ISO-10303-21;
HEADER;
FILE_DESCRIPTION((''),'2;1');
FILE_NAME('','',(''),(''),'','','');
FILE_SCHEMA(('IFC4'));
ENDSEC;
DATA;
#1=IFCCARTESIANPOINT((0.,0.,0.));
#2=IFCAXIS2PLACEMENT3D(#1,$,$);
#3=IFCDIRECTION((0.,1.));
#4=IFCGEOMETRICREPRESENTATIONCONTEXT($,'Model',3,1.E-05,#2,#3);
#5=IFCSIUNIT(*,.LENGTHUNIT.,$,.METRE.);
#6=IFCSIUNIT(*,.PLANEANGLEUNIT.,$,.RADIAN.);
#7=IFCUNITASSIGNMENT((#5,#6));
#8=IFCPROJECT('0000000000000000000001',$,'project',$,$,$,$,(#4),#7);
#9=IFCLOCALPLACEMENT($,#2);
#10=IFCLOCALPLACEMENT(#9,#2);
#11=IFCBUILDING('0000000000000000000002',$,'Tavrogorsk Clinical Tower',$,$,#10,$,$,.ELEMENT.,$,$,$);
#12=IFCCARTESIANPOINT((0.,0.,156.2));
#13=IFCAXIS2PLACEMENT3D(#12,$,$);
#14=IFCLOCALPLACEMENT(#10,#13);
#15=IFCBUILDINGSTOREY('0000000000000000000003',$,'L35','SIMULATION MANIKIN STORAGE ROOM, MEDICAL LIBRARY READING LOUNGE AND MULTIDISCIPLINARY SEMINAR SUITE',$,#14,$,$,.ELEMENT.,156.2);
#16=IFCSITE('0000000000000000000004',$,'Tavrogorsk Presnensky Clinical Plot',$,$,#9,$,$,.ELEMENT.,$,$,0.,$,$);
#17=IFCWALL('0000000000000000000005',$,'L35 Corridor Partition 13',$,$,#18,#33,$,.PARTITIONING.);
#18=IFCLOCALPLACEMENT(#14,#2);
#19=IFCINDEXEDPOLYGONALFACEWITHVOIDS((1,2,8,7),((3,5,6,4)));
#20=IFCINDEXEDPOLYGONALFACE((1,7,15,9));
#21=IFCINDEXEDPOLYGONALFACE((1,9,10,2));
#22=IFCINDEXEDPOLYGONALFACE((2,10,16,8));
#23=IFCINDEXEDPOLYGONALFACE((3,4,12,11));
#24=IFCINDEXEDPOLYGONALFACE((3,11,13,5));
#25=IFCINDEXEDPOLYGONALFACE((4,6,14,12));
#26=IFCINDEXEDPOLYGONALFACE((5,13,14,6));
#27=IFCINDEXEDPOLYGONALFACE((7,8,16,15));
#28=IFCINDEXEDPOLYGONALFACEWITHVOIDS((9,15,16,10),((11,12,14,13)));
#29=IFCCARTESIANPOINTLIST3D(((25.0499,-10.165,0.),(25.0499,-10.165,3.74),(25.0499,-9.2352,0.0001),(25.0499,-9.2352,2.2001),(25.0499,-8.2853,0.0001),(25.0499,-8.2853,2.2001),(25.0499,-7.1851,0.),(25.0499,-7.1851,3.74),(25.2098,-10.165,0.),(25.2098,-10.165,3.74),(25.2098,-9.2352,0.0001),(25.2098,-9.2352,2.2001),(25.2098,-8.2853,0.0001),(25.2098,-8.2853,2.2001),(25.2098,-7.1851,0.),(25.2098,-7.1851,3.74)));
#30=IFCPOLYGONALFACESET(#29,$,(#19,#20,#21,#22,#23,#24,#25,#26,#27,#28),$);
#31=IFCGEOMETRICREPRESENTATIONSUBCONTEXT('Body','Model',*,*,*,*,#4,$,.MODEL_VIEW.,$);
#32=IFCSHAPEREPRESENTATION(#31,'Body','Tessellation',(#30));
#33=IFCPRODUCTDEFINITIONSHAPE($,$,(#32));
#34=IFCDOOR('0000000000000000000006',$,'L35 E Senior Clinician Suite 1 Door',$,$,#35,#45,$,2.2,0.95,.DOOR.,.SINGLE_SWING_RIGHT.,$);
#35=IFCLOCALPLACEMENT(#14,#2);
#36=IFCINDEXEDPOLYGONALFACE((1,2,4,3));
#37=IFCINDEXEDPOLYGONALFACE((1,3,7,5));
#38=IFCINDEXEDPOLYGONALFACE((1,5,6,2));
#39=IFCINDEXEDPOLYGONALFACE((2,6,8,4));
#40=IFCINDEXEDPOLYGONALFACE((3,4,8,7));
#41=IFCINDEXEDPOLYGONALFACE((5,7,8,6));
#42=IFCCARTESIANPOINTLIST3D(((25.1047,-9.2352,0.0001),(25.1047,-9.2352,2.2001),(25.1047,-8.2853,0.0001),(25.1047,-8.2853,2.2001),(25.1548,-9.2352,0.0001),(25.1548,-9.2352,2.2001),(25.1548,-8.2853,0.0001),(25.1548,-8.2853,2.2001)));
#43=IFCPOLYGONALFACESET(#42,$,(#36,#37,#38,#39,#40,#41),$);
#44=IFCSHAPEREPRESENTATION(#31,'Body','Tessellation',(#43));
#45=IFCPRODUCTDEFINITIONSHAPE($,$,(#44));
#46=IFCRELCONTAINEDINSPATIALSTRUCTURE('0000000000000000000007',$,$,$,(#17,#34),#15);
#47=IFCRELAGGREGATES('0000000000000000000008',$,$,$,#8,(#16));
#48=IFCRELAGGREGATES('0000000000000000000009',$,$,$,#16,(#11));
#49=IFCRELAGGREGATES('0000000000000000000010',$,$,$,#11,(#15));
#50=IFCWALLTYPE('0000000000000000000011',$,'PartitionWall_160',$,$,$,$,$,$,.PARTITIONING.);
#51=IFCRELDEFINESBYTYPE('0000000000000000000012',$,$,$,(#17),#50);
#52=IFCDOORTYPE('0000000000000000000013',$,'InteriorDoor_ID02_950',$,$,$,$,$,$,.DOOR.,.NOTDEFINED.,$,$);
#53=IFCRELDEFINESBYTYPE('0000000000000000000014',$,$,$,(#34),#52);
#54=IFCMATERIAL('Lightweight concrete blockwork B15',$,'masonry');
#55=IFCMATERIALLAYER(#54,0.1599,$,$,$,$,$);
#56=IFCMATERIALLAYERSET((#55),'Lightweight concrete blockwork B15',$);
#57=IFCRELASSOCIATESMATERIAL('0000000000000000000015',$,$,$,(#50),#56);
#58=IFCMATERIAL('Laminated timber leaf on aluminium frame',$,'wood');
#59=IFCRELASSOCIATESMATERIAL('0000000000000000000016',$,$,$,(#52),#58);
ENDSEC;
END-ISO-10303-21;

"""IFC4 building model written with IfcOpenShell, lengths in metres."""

from ifc_helpers import new_model, si_unit, direction, frame, frame_2d, origin, place, context, subcontext, project, spatial, rectangle, extrude, material, layer, layer_set, type_object, element, fill, save


model = new_model("IFC4")

# Units and contexts
model_context = context("Model", 3, precision=1e-05, world=origin(), true_north=direction((0.0, 1.0)))
body_context = subcontext(model_context, "Body", "Model", "MODEL_VIEW")
ifc_project = project(units=[si_unit("LENGTHUNIT", "METRE"), si_unit("PLANEANGLEUNIT", "RADIAN")], contexts=[model_context])

# Site, building, storey
site_placement = place(None, origin())
site = spatial("IfcSite", under=ifc_project, at=site_placement, Name="Tavrogorsk Presnensky Clinical Plot", CompositionType="ELEMENT", RefElevation=0.0)
building_placement = place(site_placement, origin())
building = spatial("IfcBuilding", under=site, at=building_placement, Name="Tavrogorsk Clinical Tower", CompositionType="ELEMENT")
storey_placement = place(building_placement, frame((0.0, 0.0, 156.2)))
storey = spatial("IfcBuildingStorey", under=building, at=storey_placement, Name="L35", Description="SIMULATION MANIKIN STORAGE ROOM, MEDICAL LIBRARY READING LOUNGE AND MULTIDISCIPLINARY SEMINAR SUITE", CompositionType="ELEMENT", Elevation=156.2)

# Wall, opening, door
ifc_material_1 = material(Name="Lightweight concrete blockwork B15", Category="masonry")
ifc_layer = layer(ifc_material_1, 0.1599)
ifc_layer_set = layer_set([ifc_layer], Name="Lightweight concrete blockwork B15")
wall_type = type_object("IfcWallType", Name="PartitionWall_160", PredefinedType="PARTITIONING", material=ifc_layer_set)
wall_1_placement = place(storey_placement, frame((25.1299, -7.1851, 0.0), z_axis=(0.0, 0.0, 1.0), x_axis=(0.0, -1.0, 0.0)))
wall_1 = element("IfcWall", 1, at=wall_1_placement, inside=storey, type_object=wall_type, Name="L35 Corridor Partition 13", PredefinedType="PARTITIONING", context=body_context, shape_type="SweptSolid", body=[
    extrude(rectangle(XDim=2.98, YDim=0.1599, at=frame_2d((1.49, 0.0))), origin(), (0.0, 0.0, 1.0), 3.74),
])
opening_1_placement = place(wall_1_placement, frame((1.1001, 0.0, 0.0)))
opening_1 = element("IfcOpeningElement", 2, at=opening_1_placement, cuts=wall_1, PredefinedType="OPENING", context=body_context, shape_type="SweptSolid", body=[
    extrude(rectangle(XDim=0.95, YDim=2.2, at=frame_2d((0.4751, 1.1001))), frame((0.0, 0.0898, 0.0), z_axis=(0.0, -1.0, 0.0), x_axis=(1.0, 0.0, 0.0)), (0.0, 0.0, 1.0), 0.1799),
])
ifc_material_2 = material(Name="Laminated timber leaf on aluminium frame", Category="wood")
door_type_1 = type_object("IfcDoorType", Name="InteriorDoor_ID02_950", OperationType="NOTDEFINED", PredefinedType="DOOR", material=ifc_material_2)
door_1_placement = place(opening_1_placement, origin())
door_1 = element("IfcDoor", 3, at=door_1_placement, inside=storey, type_object=door_type_1, Name="L35 E Senior Clinician Suite 1 Door", OperationType="SINGLE_SWING_RIGHT", OverallHeight=2.2, OverallWidth=0.95, PredefinedType="DOOR", context=body_context, shape_type="SweptSolid", body=[
    extrude(rectangle(XDim=0.95, YDim=2.2, at=frame_2d((0.4751, 1.1001))), frame((0.0, 0.0249, 0.0), z_axis=(0.0, -1.0, 0.0), x_axis=(1.0, 0.0, 0.0)), (0.0, 0.0, 1.0), 0.05),
])
fill(opening_1, door_1)

save(model, "model.ifc")
